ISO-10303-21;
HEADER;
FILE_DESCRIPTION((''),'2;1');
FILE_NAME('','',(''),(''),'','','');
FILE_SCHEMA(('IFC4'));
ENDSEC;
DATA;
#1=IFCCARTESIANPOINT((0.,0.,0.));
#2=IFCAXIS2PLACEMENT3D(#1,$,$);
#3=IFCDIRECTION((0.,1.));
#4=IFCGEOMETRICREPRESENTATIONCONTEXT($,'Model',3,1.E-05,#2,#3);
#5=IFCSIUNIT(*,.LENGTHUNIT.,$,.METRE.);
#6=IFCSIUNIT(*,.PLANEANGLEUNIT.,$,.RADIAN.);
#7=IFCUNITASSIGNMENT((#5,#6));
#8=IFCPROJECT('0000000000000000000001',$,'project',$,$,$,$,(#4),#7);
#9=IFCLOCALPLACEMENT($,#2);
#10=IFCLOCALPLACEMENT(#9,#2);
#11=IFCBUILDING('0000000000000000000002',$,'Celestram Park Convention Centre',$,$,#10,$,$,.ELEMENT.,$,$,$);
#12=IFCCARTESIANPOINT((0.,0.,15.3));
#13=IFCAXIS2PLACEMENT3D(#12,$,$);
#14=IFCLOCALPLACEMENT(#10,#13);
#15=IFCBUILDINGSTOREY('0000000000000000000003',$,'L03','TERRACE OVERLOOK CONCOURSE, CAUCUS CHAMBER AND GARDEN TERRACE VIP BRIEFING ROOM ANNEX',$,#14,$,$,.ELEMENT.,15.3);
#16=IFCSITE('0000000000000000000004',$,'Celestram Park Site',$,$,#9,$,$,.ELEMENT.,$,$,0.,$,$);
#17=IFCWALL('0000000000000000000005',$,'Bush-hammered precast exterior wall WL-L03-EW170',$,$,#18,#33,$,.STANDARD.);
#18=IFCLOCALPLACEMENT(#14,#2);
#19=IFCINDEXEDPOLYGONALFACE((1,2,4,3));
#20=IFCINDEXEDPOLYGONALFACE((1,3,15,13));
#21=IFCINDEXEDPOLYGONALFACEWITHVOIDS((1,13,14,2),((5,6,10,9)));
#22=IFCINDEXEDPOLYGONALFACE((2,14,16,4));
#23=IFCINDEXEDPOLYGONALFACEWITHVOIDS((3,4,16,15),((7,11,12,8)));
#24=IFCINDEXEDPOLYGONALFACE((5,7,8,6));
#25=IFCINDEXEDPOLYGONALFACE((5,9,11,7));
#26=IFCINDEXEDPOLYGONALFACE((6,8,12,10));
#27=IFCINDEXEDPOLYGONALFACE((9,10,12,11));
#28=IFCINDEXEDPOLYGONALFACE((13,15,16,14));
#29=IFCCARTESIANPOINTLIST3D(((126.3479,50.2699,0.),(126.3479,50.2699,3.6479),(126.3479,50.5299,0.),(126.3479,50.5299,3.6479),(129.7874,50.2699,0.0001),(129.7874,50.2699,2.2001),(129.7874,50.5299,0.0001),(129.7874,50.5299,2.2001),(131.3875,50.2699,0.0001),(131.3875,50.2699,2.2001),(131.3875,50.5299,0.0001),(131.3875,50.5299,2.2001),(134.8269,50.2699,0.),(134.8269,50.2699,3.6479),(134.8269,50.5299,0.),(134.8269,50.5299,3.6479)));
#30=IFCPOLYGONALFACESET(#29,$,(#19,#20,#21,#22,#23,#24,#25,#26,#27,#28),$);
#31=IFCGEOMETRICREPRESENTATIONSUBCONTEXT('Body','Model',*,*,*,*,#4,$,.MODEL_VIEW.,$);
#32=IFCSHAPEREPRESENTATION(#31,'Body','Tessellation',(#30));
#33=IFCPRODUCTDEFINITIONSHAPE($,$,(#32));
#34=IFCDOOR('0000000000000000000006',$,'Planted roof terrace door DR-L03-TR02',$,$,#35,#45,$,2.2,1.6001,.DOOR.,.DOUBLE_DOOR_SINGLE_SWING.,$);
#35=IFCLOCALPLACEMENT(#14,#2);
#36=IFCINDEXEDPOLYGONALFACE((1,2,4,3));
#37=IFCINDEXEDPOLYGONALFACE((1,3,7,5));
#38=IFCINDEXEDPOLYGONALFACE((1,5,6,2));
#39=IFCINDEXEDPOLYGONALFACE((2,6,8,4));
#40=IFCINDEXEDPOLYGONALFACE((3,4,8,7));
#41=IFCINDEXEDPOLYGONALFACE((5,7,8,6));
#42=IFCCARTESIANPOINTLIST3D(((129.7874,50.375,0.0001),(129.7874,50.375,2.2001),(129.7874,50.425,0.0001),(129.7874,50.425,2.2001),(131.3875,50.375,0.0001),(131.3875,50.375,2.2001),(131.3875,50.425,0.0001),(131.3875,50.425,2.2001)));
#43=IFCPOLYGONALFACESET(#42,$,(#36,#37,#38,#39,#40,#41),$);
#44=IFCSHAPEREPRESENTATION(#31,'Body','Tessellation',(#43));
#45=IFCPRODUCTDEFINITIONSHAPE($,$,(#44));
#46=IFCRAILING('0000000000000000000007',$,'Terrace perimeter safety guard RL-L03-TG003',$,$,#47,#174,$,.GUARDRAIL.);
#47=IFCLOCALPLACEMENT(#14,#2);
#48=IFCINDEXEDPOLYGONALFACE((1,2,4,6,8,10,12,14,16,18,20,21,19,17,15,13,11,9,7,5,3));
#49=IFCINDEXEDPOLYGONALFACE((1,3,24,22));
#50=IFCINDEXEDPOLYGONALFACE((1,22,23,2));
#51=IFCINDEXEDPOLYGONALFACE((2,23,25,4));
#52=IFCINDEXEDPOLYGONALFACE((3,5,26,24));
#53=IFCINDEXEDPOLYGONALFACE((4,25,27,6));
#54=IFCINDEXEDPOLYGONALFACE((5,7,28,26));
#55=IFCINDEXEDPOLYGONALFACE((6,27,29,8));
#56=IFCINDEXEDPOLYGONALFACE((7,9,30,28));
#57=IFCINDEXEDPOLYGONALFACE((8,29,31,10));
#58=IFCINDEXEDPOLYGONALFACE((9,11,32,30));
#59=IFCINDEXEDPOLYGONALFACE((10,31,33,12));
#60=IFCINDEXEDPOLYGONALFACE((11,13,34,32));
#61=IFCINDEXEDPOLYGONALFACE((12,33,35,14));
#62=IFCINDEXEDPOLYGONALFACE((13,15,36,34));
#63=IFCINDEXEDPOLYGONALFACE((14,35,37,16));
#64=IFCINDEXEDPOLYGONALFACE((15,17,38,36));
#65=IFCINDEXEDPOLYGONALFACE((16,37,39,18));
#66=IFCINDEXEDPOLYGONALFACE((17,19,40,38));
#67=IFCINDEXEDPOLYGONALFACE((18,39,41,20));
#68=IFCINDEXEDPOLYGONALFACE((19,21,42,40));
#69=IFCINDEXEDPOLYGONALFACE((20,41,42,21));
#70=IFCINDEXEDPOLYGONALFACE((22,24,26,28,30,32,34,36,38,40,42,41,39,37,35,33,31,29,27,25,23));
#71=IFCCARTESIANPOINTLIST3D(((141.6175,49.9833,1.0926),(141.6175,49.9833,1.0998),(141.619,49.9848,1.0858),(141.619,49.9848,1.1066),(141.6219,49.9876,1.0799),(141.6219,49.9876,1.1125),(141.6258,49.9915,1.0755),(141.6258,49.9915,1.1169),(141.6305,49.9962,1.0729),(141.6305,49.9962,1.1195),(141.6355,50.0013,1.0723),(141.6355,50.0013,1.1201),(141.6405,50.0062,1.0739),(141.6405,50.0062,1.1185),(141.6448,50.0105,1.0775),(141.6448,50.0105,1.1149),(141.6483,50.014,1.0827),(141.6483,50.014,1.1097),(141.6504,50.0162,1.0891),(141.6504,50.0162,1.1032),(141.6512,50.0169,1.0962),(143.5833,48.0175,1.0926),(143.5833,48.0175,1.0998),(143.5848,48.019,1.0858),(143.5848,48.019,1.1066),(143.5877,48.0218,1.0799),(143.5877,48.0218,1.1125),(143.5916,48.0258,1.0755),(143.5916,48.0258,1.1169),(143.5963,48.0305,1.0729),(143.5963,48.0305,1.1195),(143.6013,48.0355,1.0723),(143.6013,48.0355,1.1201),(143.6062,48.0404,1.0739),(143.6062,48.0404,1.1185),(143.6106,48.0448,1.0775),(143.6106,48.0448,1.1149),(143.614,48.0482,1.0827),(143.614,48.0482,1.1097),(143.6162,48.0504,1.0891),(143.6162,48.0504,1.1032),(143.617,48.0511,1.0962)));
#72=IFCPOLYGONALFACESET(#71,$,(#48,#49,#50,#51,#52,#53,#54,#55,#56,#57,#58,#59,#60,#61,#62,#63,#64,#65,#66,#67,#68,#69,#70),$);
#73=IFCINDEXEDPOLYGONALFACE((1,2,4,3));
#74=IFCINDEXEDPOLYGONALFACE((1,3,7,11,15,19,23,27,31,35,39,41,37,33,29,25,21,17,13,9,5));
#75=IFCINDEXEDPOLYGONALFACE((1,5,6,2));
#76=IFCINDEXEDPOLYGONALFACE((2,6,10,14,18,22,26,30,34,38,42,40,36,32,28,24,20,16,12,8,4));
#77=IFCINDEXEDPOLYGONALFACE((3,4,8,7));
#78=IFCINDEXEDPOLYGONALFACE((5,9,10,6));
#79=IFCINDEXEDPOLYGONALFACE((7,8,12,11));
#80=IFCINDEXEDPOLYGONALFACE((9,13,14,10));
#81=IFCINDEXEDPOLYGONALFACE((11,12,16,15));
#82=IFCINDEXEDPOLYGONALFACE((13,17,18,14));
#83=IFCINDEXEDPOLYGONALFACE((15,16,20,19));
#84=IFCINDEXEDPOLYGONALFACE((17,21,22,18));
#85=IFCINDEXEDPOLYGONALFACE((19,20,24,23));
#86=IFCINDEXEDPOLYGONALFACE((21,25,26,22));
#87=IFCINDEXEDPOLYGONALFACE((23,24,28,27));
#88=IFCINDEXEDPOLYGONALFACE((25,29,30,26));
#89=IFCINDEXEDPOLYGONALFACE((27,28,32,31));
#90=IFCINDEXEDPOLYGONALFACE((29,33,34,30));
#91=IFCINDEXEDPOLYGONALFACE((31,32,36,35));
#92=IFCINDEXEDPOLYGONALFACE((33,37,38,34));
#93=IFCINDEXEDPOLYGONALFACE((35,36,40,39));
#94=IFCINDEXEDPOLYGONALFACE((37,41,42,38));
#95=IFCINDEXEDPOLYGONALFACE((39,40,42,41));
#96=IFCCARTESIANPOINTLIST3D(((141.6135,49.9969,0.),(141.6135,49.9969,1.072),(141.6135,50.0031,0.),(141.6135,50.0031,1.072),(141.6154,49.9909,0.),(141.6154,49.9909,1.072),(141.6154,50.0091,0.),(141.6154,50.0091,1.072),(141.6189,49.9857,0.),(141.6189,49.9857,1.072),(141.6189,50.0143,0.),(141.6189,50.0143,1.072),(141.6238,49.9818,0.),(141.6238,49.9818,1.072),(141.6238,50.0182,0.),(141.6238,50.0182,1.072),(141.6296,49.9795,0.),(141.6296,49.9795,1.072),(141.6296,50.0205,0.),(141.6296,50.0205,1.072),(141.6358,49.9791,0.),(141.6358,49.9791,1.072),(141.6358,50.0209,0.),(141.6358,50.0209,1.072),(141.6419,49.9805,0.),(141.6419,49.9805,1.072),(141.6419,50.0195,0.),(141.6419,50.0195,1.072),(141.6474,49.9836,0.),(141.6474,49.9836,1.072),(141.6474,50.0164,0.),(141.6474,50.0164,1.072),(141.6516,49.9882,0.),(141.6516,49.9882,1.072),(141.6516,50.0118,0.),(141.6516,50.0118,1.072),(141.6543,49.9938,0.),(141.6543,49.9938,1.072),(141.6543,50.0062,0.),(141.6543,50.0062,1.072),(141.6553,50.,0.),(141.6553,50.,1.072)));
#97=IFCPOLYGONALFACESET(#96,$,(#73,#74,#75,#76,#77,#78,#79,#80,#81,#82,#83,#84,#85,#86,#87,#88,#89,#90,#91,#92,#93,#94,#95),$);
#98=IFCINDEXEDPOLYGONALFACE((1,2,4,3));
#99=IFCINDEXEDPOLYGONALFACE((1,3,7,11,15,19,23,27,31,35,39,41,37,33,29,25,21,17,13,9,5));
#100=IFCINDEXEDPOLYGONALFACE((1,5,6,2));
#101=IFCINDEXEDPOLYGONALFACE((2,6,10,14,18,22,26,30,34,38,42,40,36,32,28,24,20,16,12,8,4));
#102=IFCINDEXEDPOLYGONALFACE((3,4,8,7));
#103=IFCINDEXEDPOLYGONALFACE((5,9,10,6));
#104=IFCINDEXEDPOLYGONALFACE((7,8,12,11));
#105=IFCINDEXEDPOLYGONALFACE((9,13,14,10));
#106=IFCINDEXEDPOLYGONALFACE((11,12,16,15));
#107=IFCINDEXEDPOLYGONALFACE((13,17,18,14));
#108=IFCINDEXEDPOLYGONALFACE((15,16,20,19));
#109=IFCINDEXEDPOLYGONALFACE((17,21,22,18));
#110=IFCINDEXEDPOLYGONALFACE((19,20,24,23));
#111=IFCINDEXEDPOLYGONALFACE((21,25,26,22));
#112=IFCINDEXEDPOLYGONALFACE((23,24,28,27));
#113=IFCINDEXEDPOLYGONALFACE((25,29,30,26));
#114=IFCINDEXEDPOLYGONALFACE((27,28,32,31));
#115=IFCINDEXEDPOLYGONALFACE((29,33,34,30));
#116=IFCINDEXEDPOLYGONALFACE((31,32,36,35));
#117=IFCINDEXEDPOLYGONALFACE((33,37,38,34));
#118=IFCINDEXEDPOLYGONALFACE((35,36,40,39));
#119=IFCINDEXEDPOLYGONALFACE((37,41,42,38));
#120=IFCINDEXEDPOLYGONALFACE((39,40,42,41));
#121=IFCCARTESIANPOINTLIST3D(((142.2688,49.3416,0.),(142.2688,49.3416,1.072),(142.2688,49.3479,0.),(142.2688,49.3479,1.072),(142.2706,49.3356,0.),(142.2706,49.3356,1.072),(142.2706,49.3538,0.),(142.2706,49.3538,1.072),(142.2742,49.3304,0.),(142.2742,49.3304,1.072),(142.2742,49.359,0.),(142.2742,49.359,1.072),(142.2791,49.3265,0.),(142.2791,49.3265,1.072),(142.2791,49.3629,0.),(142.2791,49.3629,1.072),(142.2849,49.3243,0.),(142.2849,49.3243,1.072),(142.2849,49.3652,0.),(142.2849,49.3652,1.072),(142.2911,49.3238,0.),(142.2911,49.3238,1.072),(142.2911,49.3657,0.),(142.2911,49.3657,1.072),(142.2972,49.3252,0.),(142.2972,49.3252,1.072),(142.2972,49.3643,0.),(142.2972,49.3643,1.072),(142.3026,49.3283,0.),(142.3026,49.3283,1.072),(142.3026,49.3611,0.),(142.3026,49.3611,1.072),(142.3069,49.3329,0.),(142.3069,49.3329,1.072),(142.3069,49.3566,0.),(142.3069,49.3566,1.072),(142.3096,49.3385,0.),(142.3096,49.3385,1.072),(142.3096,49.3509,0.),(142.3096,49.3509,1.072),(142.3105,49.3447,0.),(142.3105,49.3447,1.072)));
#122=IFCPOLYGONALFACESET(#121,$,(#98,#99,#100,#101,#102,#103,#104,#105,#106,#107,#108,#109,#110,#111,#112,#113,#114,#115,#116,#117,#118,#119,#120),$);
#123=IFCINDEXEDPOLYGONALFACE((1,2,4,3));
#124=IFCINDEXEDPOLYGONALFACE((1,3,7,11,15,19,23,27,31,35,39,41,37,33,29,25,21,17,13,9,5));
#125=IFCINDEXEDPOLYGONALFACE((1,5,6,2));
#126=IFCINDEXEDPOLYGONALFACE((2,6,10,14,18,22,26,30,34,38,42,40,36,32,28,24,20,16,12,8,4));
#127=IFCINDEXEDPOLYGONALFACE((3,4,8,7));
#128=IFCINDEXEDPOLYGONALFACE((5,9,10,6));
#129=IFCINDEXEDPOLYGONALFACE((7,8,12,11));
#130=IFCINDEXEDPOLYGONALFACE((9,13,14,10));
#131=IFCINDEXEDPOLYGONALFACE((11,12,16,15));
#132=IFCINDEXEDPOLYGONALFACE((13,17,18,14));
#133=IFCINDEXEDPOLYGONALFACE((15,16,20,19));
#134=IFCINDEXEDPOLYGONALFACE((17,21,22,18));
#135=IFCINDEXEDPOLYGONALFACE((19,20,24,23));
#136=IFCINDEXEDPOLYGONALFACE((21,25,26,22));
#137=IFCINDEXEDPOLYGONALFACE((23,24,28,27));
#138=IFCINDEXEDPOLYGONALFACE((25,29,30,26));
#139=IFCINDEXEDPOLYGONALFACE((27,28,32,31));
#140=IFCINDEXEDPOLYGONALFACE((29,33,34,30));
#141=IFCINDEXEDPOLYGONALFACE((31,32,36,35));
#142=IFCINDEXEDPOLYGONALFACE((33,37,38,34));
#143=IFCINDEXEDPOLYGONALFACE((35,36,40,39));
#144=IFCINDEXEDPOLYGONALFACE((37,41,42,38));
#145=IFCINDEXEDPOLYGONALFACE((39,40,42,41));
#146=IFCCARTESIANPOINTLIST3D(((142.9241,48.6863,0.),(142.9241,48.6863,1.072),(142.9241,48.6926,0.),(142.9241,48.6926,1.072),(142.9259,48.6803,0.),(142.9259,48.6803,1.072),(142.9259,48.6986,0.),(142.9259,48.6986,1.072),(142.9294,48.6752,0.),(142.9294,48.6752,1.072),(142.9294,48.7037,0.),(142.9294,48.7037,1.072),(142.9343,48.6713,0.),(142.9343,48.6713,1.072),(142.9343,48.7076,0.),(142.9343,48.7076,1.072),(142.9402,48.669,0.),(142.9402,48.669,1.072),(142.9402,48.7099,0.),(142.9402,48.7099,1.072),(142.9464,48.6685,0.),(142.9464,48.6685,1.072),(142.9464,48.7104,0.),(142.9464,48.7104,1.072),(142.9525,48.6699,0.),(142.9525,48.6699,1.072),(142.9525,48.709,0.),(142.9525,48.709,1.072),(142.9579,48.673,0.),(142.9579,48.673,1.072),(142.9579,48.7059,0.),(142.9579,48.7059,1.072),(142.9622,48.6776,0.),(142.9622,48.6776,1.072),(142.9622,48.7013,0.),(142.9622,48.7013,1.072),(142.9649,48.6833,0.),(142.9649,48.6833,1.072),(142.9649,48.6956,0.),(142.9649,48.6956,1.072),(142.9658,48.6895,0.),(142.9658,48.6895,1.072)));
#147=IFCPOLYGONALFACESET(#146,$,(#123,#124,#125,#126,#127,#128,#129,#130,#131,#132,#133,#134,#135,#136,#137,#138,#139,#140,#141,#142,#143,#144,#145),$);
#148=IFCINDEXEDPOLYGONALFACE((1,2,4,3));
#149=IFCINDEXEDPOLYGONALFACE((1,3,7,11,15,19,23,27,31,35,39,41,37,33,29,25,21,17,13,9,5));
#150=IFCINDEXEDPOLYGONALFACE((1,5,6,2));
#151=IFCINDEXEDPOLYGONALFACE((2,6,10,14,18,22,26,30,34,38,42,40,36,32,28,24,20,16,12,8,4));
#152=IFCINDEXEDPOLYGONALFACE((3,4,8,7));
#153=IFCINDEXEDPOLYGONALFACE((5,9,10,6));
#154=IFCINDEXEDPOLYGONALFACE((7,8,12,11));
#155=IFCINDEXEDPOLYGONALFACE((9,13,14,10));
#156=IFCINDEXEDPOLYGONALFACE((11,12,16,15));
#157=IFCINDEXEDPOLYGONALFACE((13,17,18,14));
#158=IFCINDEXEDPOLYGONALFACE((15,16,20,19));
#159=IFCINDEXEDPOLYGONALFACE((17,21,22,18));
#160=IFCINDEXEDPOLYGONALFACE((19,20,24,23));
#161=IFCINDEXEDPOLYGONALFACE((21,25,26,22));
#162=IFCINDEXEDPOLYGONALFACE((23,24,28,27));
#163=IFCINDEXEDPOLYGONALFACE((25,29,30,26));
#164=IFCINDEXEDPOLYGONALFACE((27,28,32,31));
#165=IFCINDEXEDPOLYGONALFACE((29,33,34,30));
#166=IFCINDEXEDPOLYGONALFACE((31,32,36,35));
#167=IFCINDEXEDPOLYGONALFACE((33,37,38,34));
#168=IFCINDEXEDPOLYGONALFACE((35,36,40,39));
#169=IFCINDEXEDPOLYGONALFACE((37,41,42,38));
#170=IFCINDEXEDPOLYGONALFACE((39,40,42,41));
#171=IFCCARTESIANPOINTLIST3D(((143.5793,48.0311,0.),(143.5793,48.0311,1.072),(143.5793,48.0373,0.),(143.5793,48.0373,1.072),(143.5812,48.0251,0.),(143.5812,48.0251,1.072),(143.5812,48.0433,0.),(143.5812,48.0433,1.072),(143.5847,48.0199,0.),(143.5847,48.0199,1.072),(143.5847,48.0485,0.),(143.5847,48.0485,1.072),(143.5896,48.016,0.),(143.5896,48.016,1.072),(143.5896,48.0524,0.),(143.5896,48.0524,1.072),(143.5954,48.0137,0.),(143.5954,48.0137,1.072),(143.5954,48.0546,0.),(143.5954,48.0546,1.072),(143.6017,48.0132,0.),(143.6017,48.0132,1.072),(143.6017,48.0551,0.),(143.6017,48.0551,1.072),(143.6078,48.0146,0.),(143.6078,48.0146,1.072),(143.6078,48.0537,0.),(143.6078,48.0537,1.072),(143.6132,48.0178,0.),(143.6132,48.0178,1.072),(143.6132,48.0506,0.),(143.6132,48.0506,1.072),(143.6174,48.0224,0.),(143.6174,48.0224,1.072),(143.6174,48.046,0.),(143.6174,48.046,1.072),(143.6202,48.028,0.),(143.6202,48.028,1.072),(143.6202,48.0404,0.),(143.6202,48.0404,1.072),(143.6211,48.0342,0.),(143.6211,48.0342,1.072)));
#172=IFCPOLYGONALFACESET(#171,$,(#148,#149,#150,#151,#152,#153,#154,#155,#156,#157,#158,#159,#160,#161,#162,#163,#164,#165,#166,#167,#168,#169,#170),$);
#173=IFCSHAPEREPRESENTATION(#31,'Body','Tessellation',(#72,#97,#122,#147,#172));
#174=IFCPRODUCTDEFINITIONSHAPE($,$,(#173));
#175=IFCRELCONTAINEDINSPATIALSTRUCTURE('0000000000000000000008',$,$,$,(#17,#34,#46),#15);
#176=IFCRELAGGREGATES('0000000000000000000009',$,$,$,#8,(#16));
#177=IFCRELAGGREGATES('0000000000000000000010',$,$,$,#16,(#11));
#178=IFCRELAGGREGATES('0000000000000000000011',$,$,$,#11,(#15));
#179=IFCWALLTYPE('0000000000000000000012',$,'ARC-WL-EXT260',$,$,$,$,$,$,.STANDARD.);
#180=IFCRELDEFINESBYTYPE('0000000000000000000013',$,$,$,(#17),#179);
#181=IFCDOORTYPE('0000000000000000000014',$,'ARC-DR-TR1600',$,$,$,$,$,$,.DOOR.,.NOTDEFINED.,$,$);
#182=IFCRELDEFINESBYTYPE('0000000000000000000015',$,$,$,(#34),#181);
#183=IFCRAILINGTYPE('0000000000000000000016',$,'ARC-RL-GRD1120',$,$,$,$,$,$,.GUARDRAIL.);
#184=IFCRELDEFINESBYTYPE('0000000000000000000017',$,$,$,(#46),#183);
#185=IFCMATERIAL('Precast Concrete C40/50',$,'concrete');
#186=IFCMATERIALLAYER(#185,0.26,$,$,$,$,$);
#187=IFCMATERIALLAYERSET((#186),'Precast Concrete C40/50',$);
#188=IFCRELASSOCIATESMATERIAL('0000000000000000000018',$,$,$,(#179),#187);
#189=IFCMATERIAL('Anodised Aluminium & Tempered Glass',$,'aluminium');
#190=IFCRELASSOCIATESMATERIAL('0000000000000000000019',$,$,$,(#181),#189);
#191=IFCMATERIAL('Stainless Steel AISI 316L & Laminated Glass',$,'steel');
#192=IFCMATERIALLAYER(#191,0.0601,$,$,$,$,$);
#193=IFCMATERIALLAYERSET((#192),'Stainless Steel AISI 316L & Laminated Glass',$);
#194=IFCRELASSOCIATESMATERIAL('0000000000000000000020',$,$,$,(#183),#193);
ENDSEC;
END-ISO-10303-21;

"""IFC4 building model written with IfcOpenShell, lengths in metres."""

from ifc_helpers import new_model, si_unit, direction, frame, frame_2d, origin, origin_2d, place, context, subcontext, project, spatial, rectangle, circle, extrude, material, layer, layer_set, type_object, element, fill, save


model = new_model("IFC4")

# Units and contexts
model_context = context("Model", 3, precision=1e-05, world=origin(), true_north=direction((0.0, 1.0)))
body_context = subcontext(model_context, "Body", "Model", "MODEL_VIEW")
ifc_project = project(units=[si_unit("LENGTHUNIT", "METRE"), si_unit("PLANEANGLEUNIT", "RADIAN")], contexts=[model_context])

# Site, building, storey
site_placement = place(None, origin())
site = spatial("IfcSite", under=ifc_project, at=site_placement, Name="Celestram Park Site", CompositionType="ELEMENT", RefElevation=0.0)
building_placement = place(site_placement, origin())
building = spatial("IfcBuilding", under=site, at=building_placement, Name="Celestram Park Convention Centre", CompositionType="ELEMENT")
storey_placement = place(building_placement, frame((0.0, 0.0, 15.3)))
storey = spatial("IfcBuildingStorey", under=building, at=storey_placement, Name="L03", Description="TERRACE OVERLOOK CONCOURSE, CAUCUS CHAMBER AND GARDEN TERRACE VIP BRIEFING ROOM ANNEX", CompositionType="ELEMENT", Elevation=15.3)

# Wall, opening, door
ifc_material_1 = material(Name="Precast Concrete C40/50", Category="concrete")
ifc_layer_1 = layer(ifc_material_1, 0.26)
ifc_layer_set_1 = layer_set([ifc_layer_1], Name="Precast Concrete C40/50")
wall_type = type_object("IfcWallType", Name="ARC-WL-EXT260", PredefinedType="STANDARD", material=ifc_layer_set_1)
wall_placement = place(storey_placement, frame((134.8269, 50.3999, 0.0), z_axis=(0.0, 0.0, 1.0), x_axis=(-1.0, 0.0, 0.0)))
wall = element("IfcWall", 1, at=wall_placement, inside=storey, type_object=wall_type, Name="Bush-hammered precast exterior wall WL-L03-EW170", PredefinedType="STANDARD", context=body_context, shape_type="SweptSolid", body=[
    extrude(rectangle(XDim=8.479, YDim=0.26, at=frame_2d((4.2395, 0.0))), origin(), (0.0, 0.0, 1.0), 3.6479),
])
opening_placement = place(wall_placement, frame((3.4395, 0.0, 0.0)))
opening = element("IfcOpeningElement", 2, at=opening_placement, cuts=wall, PredefinedType="OPENING", context=body_context, shape_type="SweptSolid", body=[
    extrude(rectangle(XDim=1.6001, YDim=2.2, at=frame_2d((0.8, 1.1001))), frame((0.0, 0.1399, 0.0), z_axis=(0.0, -1.0, 0.0), x_axis=(1.0, 0.0, 0.0)), (0.0, 0.0, 1.0), 0.28),
])
ifc_material_2 = material(Name="Anodised Aluminium & Tempered Glass", Category="aluminium")
door_type = type_object("IfcDoorType", Name="ARC-DR-TR1600", OperationType="NOTDEFINED", PredefinedType="DOOR", material=ifc_material_2)
door_placement = place(opening_placement, origin())
door = element("IfcDoor", 3, at=door_placement, inside=storey, type_object=door_type, Name="Planted roof terrace door DR-L03-TR02", OperationType="DOUBLE_DOOR_SINGLE_SWING", OverallHeight=2.2, OverallWidth=1.6001, PredefinedType="DOOR", context=body_context, shape_type="SweptSolid", body=[
    extrude(rectangle(XDim=1.6001, YDim=2.2, at=frame_2d((0.8, 1.1001))), frame((0.0, 0.0249, 0.0), z_axis=(0.0, -1.0, 0.0), x_axis=(1.0, 0.0, 0.0)), (0.0, 0.0, 1.0), 0.05),
])
fill(opening, door)

# Railing
ifc_material_3 = material(Name="Stainless Steel AISI 316L & Laminated Glass", Category="steel")
ifc_layer_2 = layer(ifc_material_3, 0.0601)
ifc_layer_set_2 = layer_set([ifc_layer_2], Name="Stainless Steel AISI 316L & Laminated Glass")
railing_type = type_object("IfcRailingType", Name="ARC-RL-GRD1120", PredefinedType="GUARDRAIL", material=ifc_layer_set_2)
railing_1_placement = place(storey_placement, frame((141.6343, 50.0, 0.0)))
element("IfcRailing", 4, at=railing_1_placement, inside=storey, type_object=railing_type, Name="Terrace perimeter safety guard RL-L03-TG003", PredefinedType="GUARDRAIL", context=body_context, shape_type="SweptSolid", body=[
    extrude(circle(Radius=0.0239, at=origin_2d()), frame((0.0, 0.0, 1.0962), z_axis=(0.707107, -0.707107, 0.0), x_axis=(0.707107, 0.707107, 0.0)), (0.0, 0.0, 1.0), 2.78),
    extrude(circle(Radius=0.021, at=origin_2d()), origin(), (0.0, 0.0, 1.0), 1.072),
    extrude(circle(Radius=0.021, at=origin_2d()), frame((0.6553, -0.6553, 0.0)), (0.0, 0.0, 1.0), 1.072),
    extrude(circle(Radius=0.021, at=origin_2d()), frame((1.3105, -1.3105, 0.0)), (0.0, 0.0, 1.0), 1.072),
    extrude(circle(Radius=0.021, at=origin_2d()), frame((1.9658, -1.9658, 0.0)), (0.0, 0.0, 1.0), 1.072),
])

save(model, "model.ifc")
